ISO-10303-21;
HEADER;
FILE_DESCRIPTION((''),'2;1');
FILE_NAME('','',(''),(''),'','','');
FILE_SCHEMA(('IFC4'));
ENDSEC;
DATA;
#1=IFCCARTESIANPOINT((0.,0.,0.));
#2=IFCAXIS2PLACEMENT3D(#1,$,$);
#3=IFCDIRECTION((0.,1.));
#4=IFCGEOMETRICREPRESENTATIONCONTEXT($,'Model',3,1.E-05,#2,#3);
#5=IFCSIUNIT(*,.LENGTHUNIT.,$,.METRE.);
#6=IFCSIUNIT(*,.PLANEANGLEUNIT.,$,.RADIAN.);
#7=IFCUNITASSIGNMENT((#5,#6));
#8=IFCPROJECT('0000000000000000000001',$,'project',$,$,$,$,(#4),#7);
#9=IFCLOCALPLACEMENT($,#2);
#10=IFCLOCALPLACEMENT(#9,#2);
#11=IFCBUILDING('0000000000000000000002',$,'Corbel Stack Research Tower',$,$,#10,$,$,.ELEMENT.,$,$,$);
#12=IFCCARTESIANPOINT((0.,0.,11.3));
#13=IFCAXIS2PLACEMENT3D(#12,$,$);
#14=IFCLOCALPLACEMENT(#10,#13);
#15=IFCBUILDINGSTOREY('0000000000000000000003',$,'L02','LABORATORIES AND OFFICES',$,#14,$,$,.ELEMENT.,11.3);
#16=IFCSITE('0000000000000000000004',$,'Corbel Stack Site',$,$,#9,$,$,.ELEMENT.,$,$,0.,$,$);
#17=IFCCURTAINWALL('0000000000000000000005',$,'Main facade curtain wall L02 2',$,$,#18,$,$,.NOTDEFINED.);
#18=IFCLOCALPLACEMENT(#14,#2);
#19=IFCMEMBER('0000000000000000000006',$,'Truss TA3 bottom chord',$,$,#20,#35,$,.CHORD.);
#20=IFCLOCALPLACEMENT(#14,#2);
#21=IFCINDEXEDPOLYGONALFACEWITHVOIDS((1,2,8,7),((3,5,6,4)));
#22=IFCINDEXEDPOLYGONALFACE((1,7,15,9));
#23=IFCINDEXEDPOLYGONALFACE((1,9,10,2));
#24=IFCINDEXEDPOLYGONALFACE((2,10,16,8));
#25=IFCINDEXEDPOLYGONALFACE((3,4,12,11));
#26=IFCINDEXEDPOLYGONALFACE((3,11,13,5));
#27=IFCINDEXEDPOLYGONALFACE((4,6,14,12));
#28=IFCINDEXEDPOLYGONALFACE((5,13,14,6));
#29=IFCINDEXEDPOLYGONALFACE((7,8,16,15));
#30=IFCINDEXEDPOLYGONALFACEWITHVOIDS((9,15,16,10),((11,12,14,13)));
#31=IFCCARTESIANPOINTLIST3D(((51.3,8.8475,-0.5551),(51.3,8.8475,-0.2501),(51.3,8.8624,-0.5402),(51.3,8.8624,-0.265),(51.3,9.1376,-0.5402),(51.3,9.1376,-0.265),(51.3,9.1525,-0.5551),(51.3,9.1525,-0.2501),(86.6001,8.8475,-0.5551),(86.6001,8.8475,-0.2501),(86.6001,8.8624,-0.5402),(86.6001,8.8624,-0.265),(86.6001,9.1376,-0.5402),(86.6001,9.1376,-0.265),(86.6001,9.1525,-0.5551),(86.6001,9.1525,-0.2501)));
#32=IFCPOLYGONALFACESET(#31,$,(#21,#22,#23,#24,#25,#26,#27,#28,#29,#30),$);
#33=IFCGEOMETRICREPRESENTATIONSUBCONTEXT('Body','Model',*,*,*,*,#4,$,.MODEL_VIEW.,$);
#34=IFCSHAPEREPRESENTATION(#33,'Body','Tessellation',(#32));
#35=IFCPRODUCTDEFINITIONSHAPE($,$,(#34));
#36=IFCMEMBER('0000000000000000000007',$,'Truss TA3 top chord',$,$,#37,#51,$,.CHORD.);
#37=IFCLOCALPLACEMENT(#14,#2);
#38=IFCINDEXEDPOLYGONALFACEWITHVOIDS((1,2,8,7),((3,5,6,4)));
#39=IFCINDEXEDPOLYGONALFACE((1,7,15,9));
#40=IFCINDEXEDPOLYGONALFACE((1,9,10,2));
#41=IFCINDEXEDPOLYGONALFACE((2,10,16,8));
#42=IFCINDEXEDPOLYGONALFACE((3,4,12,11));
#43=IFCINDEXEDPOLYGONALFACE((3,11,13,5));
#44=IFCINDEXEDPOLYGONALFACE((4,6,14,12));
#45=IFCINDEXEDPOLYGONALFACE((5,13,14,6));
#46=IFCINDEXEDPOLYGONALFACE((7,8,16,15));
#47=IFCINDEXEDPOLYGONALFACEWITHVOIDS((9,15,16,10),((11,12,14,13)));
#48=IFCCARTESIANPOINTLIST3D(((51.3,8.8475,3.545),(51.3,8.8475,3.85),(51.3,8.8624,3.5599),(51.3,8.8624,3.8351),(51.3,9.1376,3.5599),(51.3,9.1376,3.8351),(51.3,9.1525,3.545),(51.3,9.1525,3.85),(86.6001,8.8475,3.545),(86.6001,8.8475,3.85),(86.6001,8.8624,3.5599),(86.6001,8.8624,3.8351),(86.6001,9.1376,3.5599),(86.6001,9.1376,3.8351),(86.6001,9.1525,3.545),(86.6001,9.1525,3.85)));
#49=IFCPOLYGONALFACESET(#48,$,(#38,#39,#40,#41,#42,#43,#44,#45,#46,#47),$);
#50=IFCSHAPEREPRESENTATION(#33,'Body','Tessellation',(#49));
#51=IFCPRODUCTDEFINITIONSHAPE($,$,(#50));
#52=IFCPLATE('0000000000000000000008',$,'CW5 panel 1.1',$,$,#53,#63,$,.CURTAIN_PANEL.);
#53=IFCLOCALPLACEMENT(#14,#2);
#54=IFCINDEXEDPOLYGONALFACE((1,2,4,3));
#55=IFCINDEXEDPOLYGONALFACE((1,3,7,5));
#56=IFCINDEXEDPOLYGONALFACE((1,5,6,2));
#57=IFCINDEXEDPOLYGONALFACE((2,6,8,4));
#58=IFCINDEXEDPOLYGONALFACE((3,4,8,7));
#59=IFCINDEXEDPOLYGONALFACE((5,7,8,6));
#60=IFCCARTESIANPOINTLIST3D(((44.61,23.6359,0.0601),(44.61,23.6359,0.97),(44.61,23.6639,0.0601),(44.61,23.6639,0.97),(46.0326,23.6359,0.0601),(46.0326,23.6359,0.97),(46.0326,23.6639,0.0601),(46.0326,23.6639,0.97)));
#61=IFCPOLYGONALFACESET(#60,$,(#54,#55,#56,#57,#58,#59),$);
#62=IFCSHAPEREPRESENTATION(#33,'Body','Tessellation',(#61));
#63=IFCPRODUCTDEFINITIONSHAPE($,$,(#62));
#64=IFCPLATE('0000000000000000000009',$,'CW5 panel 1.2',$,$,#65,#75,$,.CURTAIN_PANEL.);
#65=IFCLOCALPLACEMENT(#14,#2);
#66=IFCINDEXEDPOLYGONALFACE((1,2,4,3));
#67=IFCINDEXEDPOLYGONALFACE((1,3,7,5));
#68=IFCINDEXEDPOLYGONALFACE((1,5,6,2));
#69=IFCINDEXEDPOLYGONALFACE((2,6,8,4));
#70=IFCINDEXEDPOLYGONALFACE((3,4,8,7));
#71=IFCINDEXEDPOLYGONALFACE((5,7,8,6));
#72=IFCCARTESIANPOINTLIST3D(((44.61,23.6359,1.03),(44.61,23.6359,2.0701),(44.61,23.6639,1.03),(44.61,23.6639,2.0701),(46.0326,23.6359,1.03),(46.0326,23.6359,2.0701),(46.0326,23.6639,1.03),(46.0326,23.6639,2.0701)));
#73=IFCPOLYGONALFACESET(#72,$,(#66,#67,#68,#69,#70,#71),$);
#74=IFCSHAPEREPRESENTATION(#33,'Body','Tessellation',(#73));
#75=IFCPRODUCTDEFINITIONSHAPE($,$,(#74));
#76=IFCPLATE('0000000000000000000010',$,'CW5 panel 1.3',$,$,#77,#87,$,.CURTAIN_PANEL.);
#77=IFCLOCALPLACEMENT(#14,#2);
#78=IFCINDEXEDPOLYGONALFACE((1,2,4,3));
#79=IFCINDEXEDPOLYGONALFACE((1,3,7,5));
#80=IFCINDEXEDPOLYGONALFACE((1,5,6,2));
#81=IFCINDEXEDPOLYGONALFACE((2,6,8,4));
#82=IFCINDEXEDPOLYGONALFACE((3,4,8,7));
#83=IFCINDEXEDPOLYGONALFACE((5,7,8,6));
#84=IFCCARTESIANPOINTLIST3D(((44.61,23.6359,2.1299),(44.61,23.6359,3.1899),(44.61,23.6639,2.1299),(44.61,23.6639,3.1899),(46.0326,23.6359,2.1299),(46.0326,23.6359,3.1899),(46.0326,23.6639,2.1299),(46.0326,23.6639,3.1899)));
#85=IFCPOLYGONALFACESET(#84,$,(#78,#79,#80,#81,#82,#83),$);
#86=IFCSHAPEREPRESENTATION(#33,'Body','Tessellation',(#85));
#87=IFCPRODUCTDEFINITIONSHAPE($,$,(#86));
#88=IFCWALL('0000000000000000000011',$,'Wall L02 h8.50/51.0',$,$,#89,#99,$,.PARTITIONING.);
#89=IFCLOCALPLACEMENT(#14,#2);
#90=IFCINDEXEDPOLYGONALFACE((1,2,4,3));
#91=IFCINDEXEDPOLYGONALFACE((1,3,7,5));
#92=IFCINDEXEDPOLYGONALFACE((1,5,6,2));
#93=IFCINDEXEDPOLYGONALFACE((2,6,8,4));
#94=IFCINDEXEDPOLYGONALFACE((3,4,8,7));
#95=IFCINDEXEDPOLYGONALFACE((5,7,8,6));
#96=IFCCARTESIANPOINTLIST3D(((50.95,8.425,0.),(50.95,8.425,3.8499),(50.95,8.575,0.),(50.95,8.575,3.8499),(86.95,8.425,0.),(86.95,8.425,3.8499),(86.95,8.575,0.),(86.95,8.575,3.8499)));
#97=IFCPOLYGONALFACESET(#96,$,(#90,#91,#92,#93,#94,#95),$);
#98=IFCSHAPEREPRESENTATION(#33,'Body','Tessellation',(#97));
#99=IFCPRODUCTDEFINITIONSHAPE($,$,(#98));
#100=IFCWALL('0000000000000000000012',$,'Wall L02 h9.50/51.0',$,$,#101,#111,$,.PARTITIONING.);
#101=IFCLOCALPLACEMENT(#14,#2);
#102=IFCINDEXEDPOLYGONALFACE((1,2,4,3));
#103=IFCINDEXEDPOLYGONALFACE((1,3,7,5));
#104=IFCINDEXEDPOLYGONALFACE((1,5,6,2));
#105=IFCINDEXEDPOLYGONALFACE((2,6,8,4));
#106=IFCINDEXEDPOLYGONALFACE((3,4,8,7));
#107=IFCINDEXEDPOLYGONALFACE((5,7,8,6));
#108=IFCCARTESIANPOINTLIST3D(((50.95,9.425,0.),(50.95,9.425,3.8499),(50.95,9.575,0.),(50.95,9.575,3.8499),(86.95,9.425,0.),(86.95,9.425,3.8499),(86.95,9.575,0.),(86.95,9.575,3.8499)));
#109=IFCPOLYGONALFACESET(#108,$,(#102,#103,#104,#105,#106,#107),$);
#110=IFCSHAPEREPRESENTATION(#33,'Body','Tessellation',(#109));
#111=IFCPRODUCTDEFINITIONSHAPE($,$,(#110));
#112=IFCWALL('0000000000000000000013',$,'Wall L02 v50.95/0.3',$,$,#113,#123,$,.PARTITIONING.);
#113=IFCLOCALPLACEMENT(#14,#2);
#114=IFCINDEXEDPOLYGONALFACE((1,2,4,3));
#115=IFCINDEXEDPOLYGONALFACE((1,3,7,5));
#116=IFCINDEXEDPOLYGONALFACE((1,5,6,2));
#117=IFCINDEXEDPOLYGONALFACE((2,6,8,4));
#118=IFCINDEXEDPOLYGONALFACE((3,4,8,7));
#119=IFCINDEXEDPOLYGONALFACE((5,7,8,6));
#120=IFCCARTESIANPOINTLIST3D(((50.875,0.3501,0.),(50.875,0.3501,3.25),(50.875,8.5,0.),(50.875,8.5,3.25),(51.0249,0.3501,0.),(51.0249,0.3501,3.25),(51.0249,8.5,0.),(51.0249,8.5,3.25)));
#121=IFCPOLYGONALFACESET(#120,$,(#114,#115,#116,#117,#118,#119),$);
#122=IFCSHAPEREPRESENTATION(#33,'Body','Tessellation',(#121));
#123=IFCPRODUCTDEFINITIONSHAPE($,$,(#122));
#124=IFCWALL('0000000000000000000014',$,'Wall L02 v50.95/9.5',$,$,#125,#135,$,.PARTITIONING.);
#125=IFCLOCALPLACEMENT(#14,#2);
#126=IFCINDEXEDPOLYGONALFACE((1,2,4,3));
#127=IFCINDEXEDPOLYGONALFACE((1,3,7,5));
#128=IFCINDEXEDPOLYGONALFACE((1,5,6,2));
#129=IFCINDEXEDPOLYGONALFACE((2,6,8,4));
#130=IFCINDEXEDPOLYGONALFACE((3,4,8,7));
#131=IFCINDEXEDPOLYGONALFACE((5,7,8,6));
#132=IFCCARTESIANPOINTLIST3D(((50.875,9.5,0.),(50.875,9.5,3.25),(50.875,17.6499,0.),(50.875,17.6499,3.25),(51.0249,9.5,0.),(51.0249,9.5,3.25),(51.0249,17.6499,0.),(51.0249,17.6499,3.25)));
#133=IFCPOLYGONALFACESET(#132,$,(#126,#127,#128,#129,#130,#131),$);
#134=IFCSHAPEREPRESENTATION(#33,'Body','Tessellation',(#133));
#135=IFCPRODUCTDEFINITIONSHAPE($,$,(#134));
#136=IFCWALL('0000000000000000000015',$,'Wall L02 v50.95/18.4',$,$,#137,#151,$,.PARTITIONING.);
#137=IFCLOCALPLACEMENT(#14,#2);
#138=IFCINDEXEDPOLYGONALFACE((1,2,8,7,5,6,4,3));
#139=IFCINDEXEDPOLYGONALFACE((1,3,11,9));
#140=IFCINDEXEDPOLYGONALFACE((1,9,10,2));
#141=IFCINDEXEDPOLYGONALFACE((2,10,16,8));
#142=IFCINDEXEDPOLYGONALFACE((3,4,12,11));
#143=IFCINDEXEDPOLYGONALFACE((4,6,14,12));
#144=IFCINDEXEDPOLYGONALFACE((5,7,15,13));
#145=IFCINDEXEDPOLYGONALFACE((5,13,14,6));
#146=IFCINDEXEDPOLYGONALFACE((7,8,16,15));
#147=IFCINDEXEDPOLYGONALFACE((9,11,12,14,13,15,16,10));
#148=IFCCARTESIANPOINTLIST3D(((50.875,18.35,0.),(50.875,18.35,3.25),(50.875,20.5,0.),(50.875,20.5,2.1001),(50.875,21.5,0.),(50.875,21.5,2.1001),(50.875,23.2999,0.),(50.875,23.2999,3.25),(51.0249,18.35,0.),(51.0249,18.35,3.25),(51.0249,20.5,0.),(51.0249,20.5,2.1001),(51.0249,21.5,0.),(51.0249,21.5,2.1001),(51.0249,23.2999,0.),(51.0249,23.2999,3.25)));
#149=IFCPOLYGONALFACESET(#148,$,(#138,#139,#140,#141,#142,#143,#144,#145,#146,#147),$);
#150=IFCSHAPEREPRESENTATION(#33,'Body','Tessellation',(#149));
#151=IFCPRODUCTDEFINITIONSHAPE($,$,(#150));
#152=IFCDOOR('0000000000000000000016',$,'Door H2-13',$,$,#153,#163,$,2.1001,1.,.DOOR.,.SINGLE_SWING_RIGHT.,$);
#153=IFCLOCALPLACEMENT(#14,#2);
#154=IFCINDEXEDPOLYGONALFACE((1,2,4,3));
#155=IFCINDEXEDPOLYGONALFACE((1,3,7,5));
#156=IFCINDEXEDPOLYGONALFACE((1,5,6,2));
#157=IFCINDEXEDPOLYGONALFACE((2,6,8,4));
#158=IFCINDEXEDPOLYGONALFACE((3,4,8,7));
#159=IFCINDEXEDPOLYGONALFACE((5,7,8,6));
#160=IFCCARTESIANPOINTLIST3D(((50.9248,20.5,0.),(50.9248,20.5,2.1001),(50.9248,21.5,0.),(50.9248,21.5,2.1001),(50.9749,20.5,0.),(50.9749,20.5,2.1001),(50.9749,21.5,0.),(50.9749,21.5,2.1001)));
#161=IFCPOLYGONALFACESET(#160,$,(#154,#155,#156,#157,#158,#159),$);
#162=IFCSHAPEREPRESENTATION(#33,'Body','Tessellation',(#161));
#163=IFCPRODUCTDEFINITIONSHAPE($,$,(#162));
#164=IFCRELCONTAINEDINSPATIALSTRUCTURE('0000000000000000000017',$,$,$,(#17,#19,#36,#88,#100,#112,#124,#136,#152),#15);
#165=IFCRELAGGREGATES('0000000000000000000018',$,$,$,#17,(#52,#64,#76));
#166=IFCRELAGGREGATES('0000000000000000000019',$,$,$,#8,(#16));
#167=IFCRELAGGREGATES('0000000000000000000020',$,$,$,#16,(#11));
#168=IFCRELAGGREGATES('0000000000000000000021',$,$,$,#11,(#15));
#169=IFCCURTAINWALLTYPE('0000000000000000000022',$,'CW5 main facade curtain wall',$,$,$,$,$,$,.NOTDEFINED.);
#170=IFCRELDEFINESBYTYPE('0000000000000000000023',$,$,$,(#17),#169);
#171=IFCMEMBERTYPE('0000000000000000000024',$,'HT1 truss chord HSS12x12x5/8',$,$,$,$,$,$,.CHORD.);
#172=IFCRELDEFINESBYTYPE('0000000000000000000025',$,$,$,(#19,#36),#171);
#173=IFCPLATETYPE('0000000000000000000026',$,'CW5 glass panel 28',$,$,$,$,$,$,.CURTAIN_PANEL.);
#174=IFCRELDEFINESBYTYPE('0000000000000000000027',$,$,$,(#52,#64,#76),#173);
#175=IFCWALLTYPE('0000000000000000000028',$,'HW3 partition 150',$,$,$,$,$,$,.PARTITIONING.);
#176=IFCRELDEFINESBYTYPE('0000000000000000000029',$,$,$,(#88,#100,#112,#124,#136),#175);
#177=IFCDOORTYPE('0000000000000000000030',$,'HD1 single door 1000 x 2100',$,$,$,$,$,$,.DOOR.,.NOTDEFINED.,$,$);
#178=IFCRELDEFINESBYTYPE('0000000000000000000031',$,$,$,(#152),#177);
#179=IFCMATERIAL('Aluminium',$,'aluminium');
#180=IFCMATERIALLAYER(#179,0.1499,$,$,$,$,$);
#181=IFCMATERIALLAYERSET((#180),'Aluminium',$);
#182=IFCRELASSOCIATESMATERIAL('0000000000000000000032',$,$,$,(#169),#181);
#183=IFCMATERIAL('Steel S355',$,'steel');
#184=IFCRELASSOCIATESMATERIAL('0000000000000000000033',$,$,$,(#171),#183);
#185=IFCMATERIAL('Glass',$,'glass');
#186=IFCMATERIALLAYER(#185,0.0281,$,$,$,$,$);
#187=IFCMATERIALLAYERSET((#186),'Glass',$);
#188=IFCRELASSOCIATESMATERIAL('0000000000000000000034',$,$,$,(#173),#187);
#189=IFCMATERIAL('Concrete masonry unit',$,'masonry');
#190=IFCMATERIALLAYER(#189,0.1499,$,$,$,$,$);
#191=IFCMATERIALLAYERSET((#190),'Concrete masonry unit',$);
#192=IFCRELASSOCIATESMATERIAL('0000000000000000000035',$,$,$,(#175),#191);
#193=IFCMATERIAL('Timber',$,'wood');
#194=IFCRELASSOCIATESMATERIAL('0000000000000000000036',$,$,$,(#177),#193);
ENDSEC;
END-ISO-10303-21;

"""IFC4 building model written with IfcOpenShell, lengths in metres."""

from ifc_helpers import new_model, si_unit, direction, frame, frame_2d, origin, origin_2d, place, context, subcontext, project, spatial, rectangle, hollow_rectangle, extrude, material, layer, layer_set, material_profile, profile_set, type_object, element, fill, aggregate, save


model = new_model("IFC4")

# Units and contexts
model_context = context("Model", 3, precision=1e-05, world=origin(), true_north=direction((0.0, 1.0)))
body_context = subcontext(model_context, "Body", "Model", "MODEL_VIEW")
ifc_project = project(units=[si_unit("LENGTHUNIT", "METRE"), si_unit("PLANEANGLEUNIT", "RADIAN")], contexts=[model_context])

# Site, building, storey
site_placement = place(None, origin())
site = spatial("IfcSite", under=ifc_project, at=site_placement, Name="Corbel Stack Site", CompositionType="ELEMENT", RefElevation=0.0)
building_placement = place(site_placement, origin())
building = spatial("IfcBuilding", under=site, at=building_placement, Name="Corbel Stack Research Tower", CompositionType="ELEMENT")
storey_placement = place(building_placement, frame((0.0, 0.0, 11.3)))
storey = spatial("IfcBuildingStorey", under=building, at=storey_placement, Name="L02", Description="LABORATORIES AND OFFICES", CompositionType="ELEMENT", Elevation=11.3)

# Curtain wall
ifc_material_1 = material(Name="Aluminium", Category="aluminium")
ifc_layer_1 = layer(ifc_material_1, 0.1499)
ifc_layer_set_1 = layer_set([ifc_layer_1], Name="Aluminium")
curtain_wall_type = type_object("IfcCurtainWallType", Name="CW5 main facade curtain wall", PredefinedType="NOTDEFINED", material=ifc_layer_set_1)
curtain_wall_placement = place(storey_placement, origin())
curtain_wall = element("IfcCurtainWall", 1, at=curtain_wall_placement, inside=storey, type_object=curtain_wall_type, Name="Main facade curtain wall L02 2", PredefinedType="NOTDEFINED")

# Members
ifc_material_2 = material(Name="Steel S355", Category="steel")
ifc_material_profile_1 = material_profile(ifc_material_2, hollow_rectangle(XDim=0.3049, YDim=0.3049, WallThickness=0.0149, at=origin_2d()), Name="HSS12x12x5/8")
ifc_profile_set_1 = profile_set([ifc_material_profile_1], Name="Steel S355")
member_type_1 = type_object("IfcMemberType", Name="HT1 truss chord HSS12x12x5/8", PredefinedType="CHORD", material=ifc_profile_set_1)
for number, where, z_axis, x_axis, name in (
    (2, (51.3, 9.0, -0.4026), (1.0, 0.0, 0.0), (0.0, 1.0, 0.0), "Truss TA3 bottom chord"),
    (3, (51.3, 9.0, 3.6975), (1.0, 0.0, 0.0), (0.0, 1.0, 0.0), "Truss TA3 top chord"),
):
    element("IfcMember", number, at=place(storey_placement, frame(where, z_axis=z_axis, x_axis=x_axis)), inside=storey, type_object=member_type_1, Name=name, PredefinedType="CHORD", context=body_context, shape_type="SweptSolid", body=[
        extrude(hollow_rectangle(XDim=0.3049, YDim=0.3049, WallThickness=0.0149, at=origin_2d()), origin(), (0.0, 0.0, 1.0), 35.3),
    ])

# Plates
ifc_material_3 = material(Name="Glass", Category="glass")
ifc_layer_2 = layer(ifc_material_3, 0.0281)
ifc_layer_set_2 = layer_set([ifc_layer_2], Name="Glass")
plate_type = type_object("IfcPlateType", Name="CW5 glass panel 28", PredefinedType="CURTAIN_PANEL", material=ifc_layer_set_2)
plate_1_placement = place(storey_placement, frame((45.3213, 23.6499, 0.0601), z_axis=(0.0, 0.0, 1.0), x_axis=(1.0, 0.0, 0.0)))
plate_1 = element("IfcPlate", 4, at=plate_1_placement, type_object=plate_type, Name="CW5 panel 1.1", PredefinedType="CURTAIN_PANEL", context=body_context, shape_type="SweptSolid", body=[
    extrude(rectangle(XDim=1.4226, YDim=0.0281, at=origin_2d()), origin(), (0.0, 0.0, 1.0), 0.9099),
])
plate_2_placement = place(storey_placement, frame((45.3213, 23.6499, 1.03), z_axis=(0.0, 0.0, 1.0), x_axis=(1.0, 0.0, 0.0)))
plate_2 = element("IfcPlate", 5, at=plate_2_placement, type_object=plate_type, Name="CW5 panel 1.2", PredefinedType="CURTAIN_PANEL", context=body_context, shape_type="SweptSolid", body=[
    extrude(rectangle(XDim=1.4226, YDim=0.0281, at=origin_2d()), origin(), (0.0, 0.0, 1.0), 1.04),
])
plate_3_placement = place(storey_placement, frame((45.3213, 23.6499, 2.1299), z_axis=(0.0, 0.0, 1.0), x_axis=(1.0, 0.0, 0.0)))
plate_3 = element("IfcPlate", 6, at=plate_3_placement, type_object=plate_type, Name="CW5 panel 1.3", PredefinedType="CURTAIN_PANEL", context=body_context, shape_type="SweptSolid", body=[
    extrude(rectangle(XDim=1.4226, YDim=0.0281, at=origin_2d()), origin(), (0.0, 0.0, 1.0), 1.0601),
])
aggregate(curtain_wall, [plate_1, plate_2, plate_3])

# Walls
ifc_material_4 = material(Name="Concrete masonry unit", Category="masonry")
ifc_layer_3 = layer(ifc_material_4, 0.1499)
ifc_layer_set_3 = layer_set([ifc_layer_3], Name="Concrete masonry unit")
wall_type = type_object("IfcWallType", Name="HW3 partition 150", PredefinedType="PARTITIONING", material=ifc_layer_set_3)
for number, where, z_axis, x_axis, name in (
    (7, (50.95, 8.5, 0.0), (0.0, 0.0, 1.0), (1.0, 0.0, 0.0), "Wall L02 h8.50/51.0"),
    (8, (50.95, 9.5, 0.0), (0.0, 0.0, 1.0), (1.0, 0.0, 0.0), "Wall L02 h9.50/51.0"),
):
    element("IfcWall", number, at=place(storey_placement, frame(where, z_axis=z_axis, x_axis=x_axis)), inside=storey, type_object=wall_type, Name=name, PredefinedType="PARTITIONING", context=body_context, shape_type="SweptSolid", body=[
        extrude(rectangle(XDim=36.0, YDim=0.1499, at=frame_2d((18.0, 0.0))), origin(), (0.0, 0.0, 1.0), 3.8499),
    ])
for number, where, z_axis, x_axis, name in (
    (9, (50.95, 0.3501, 0.0), (0.0, 0.0, 1.0), (0.0, 1.0, 0.0), "Wall L02 v50.95/0.3"),
    (10, (50.95, 9.5, 0.0), (0.0, 0.0, 1.0), (0.0, 1.0, 0.0), "Wall L02 v50.95/9.5"),
):
    element("IfcWall", number, at=place(storey_placement, frame(where, z_axis=z_axis, x_axis=x_axis)), inside=storey, type_object=wall_type, Name=name, PredefinedType="PARTITIONING", context=body_context, shape_type="SweptSolid", body=[
        extrude(rectangle(XDim=8.1499, YDim=0.1499, at=frame_2d((4.075, 0.0))), origin(), (0.0, 0.0, 1.0), 3.25),
    ])

# Wall, opening, door
wall_placement = place(storey_placement, frame((50.95, 23.3, 0.0), z_axis=(0.0, 0.0, 1.0), x_axis=(0.0, -1.0, 0.0)))
wall = element("IfcWall", 11, at=wall_placement, inside=storey, type_object=wall_type, Name="Wall L02 v50.95/18.4", PredefinedType="PARTITIONING", context=body_context, shape_type="SweptSolid", body=[
    extrude(rectangle(XDim=4.95, YDim=0.1499, at=frame_2d((2.4751, 0.0))), origin(), (0.0, 0.0, 1.0), 3.25),
])
opening_placement = place(wall_placement, frame((1.8, 0.0, 0.0)))
opening = element("IfcOpeningElement", 12, at=opening_placement, cuts=wall, PredefinedType="OPENING", context=body_context, shape_type="SweptSolid", body=[
    extrude(rectangle(XDim=1.0, YDim=2.1001, at=frame_2d((0.5, 1.05))), frame((0.0, 0.085, 0.0), z_axis=(0.0, -1.0, 0.0), x_axis=(1.0, 0.0, 0.0)), (0.0, 0.0, 1.0), 0.1699),
])
ifc_material_5 = material(Name="Timber", Category="wood")
door_type = type_object("IfcDoorType", Name="HD1 single door 1000 x 2100", OperationType="NOTDEFINED", PredefinedType="DOOR", material=ifc_material_5)
door_placement = place(opening_placement, origin())
door = element("IfcDoor", 13, at=door_placement, inside=storey, type_object=door_type, Name="Door H2-13", OperationType="SINGLE_SWING_RIGHT", OverallHeight=2.1001, OverallWidth=1.0, PredefinedType="DOOR", context=body_context, shape_type="SweptSolid", body=[
    extrude(rectangle(XDim=1.0, YDim=2.1001, at=frame_2d((0.5, 1.05))), frame((0.0, 0.0249, 0.0), z_axis=(0.0, -1.0, 0.0), x_axis=(1.0, 0.0, 0.0)), (0.0, 0.0, 1.0), 0.05),
])
fill(opening, door)

save(model, "model.ifc")
